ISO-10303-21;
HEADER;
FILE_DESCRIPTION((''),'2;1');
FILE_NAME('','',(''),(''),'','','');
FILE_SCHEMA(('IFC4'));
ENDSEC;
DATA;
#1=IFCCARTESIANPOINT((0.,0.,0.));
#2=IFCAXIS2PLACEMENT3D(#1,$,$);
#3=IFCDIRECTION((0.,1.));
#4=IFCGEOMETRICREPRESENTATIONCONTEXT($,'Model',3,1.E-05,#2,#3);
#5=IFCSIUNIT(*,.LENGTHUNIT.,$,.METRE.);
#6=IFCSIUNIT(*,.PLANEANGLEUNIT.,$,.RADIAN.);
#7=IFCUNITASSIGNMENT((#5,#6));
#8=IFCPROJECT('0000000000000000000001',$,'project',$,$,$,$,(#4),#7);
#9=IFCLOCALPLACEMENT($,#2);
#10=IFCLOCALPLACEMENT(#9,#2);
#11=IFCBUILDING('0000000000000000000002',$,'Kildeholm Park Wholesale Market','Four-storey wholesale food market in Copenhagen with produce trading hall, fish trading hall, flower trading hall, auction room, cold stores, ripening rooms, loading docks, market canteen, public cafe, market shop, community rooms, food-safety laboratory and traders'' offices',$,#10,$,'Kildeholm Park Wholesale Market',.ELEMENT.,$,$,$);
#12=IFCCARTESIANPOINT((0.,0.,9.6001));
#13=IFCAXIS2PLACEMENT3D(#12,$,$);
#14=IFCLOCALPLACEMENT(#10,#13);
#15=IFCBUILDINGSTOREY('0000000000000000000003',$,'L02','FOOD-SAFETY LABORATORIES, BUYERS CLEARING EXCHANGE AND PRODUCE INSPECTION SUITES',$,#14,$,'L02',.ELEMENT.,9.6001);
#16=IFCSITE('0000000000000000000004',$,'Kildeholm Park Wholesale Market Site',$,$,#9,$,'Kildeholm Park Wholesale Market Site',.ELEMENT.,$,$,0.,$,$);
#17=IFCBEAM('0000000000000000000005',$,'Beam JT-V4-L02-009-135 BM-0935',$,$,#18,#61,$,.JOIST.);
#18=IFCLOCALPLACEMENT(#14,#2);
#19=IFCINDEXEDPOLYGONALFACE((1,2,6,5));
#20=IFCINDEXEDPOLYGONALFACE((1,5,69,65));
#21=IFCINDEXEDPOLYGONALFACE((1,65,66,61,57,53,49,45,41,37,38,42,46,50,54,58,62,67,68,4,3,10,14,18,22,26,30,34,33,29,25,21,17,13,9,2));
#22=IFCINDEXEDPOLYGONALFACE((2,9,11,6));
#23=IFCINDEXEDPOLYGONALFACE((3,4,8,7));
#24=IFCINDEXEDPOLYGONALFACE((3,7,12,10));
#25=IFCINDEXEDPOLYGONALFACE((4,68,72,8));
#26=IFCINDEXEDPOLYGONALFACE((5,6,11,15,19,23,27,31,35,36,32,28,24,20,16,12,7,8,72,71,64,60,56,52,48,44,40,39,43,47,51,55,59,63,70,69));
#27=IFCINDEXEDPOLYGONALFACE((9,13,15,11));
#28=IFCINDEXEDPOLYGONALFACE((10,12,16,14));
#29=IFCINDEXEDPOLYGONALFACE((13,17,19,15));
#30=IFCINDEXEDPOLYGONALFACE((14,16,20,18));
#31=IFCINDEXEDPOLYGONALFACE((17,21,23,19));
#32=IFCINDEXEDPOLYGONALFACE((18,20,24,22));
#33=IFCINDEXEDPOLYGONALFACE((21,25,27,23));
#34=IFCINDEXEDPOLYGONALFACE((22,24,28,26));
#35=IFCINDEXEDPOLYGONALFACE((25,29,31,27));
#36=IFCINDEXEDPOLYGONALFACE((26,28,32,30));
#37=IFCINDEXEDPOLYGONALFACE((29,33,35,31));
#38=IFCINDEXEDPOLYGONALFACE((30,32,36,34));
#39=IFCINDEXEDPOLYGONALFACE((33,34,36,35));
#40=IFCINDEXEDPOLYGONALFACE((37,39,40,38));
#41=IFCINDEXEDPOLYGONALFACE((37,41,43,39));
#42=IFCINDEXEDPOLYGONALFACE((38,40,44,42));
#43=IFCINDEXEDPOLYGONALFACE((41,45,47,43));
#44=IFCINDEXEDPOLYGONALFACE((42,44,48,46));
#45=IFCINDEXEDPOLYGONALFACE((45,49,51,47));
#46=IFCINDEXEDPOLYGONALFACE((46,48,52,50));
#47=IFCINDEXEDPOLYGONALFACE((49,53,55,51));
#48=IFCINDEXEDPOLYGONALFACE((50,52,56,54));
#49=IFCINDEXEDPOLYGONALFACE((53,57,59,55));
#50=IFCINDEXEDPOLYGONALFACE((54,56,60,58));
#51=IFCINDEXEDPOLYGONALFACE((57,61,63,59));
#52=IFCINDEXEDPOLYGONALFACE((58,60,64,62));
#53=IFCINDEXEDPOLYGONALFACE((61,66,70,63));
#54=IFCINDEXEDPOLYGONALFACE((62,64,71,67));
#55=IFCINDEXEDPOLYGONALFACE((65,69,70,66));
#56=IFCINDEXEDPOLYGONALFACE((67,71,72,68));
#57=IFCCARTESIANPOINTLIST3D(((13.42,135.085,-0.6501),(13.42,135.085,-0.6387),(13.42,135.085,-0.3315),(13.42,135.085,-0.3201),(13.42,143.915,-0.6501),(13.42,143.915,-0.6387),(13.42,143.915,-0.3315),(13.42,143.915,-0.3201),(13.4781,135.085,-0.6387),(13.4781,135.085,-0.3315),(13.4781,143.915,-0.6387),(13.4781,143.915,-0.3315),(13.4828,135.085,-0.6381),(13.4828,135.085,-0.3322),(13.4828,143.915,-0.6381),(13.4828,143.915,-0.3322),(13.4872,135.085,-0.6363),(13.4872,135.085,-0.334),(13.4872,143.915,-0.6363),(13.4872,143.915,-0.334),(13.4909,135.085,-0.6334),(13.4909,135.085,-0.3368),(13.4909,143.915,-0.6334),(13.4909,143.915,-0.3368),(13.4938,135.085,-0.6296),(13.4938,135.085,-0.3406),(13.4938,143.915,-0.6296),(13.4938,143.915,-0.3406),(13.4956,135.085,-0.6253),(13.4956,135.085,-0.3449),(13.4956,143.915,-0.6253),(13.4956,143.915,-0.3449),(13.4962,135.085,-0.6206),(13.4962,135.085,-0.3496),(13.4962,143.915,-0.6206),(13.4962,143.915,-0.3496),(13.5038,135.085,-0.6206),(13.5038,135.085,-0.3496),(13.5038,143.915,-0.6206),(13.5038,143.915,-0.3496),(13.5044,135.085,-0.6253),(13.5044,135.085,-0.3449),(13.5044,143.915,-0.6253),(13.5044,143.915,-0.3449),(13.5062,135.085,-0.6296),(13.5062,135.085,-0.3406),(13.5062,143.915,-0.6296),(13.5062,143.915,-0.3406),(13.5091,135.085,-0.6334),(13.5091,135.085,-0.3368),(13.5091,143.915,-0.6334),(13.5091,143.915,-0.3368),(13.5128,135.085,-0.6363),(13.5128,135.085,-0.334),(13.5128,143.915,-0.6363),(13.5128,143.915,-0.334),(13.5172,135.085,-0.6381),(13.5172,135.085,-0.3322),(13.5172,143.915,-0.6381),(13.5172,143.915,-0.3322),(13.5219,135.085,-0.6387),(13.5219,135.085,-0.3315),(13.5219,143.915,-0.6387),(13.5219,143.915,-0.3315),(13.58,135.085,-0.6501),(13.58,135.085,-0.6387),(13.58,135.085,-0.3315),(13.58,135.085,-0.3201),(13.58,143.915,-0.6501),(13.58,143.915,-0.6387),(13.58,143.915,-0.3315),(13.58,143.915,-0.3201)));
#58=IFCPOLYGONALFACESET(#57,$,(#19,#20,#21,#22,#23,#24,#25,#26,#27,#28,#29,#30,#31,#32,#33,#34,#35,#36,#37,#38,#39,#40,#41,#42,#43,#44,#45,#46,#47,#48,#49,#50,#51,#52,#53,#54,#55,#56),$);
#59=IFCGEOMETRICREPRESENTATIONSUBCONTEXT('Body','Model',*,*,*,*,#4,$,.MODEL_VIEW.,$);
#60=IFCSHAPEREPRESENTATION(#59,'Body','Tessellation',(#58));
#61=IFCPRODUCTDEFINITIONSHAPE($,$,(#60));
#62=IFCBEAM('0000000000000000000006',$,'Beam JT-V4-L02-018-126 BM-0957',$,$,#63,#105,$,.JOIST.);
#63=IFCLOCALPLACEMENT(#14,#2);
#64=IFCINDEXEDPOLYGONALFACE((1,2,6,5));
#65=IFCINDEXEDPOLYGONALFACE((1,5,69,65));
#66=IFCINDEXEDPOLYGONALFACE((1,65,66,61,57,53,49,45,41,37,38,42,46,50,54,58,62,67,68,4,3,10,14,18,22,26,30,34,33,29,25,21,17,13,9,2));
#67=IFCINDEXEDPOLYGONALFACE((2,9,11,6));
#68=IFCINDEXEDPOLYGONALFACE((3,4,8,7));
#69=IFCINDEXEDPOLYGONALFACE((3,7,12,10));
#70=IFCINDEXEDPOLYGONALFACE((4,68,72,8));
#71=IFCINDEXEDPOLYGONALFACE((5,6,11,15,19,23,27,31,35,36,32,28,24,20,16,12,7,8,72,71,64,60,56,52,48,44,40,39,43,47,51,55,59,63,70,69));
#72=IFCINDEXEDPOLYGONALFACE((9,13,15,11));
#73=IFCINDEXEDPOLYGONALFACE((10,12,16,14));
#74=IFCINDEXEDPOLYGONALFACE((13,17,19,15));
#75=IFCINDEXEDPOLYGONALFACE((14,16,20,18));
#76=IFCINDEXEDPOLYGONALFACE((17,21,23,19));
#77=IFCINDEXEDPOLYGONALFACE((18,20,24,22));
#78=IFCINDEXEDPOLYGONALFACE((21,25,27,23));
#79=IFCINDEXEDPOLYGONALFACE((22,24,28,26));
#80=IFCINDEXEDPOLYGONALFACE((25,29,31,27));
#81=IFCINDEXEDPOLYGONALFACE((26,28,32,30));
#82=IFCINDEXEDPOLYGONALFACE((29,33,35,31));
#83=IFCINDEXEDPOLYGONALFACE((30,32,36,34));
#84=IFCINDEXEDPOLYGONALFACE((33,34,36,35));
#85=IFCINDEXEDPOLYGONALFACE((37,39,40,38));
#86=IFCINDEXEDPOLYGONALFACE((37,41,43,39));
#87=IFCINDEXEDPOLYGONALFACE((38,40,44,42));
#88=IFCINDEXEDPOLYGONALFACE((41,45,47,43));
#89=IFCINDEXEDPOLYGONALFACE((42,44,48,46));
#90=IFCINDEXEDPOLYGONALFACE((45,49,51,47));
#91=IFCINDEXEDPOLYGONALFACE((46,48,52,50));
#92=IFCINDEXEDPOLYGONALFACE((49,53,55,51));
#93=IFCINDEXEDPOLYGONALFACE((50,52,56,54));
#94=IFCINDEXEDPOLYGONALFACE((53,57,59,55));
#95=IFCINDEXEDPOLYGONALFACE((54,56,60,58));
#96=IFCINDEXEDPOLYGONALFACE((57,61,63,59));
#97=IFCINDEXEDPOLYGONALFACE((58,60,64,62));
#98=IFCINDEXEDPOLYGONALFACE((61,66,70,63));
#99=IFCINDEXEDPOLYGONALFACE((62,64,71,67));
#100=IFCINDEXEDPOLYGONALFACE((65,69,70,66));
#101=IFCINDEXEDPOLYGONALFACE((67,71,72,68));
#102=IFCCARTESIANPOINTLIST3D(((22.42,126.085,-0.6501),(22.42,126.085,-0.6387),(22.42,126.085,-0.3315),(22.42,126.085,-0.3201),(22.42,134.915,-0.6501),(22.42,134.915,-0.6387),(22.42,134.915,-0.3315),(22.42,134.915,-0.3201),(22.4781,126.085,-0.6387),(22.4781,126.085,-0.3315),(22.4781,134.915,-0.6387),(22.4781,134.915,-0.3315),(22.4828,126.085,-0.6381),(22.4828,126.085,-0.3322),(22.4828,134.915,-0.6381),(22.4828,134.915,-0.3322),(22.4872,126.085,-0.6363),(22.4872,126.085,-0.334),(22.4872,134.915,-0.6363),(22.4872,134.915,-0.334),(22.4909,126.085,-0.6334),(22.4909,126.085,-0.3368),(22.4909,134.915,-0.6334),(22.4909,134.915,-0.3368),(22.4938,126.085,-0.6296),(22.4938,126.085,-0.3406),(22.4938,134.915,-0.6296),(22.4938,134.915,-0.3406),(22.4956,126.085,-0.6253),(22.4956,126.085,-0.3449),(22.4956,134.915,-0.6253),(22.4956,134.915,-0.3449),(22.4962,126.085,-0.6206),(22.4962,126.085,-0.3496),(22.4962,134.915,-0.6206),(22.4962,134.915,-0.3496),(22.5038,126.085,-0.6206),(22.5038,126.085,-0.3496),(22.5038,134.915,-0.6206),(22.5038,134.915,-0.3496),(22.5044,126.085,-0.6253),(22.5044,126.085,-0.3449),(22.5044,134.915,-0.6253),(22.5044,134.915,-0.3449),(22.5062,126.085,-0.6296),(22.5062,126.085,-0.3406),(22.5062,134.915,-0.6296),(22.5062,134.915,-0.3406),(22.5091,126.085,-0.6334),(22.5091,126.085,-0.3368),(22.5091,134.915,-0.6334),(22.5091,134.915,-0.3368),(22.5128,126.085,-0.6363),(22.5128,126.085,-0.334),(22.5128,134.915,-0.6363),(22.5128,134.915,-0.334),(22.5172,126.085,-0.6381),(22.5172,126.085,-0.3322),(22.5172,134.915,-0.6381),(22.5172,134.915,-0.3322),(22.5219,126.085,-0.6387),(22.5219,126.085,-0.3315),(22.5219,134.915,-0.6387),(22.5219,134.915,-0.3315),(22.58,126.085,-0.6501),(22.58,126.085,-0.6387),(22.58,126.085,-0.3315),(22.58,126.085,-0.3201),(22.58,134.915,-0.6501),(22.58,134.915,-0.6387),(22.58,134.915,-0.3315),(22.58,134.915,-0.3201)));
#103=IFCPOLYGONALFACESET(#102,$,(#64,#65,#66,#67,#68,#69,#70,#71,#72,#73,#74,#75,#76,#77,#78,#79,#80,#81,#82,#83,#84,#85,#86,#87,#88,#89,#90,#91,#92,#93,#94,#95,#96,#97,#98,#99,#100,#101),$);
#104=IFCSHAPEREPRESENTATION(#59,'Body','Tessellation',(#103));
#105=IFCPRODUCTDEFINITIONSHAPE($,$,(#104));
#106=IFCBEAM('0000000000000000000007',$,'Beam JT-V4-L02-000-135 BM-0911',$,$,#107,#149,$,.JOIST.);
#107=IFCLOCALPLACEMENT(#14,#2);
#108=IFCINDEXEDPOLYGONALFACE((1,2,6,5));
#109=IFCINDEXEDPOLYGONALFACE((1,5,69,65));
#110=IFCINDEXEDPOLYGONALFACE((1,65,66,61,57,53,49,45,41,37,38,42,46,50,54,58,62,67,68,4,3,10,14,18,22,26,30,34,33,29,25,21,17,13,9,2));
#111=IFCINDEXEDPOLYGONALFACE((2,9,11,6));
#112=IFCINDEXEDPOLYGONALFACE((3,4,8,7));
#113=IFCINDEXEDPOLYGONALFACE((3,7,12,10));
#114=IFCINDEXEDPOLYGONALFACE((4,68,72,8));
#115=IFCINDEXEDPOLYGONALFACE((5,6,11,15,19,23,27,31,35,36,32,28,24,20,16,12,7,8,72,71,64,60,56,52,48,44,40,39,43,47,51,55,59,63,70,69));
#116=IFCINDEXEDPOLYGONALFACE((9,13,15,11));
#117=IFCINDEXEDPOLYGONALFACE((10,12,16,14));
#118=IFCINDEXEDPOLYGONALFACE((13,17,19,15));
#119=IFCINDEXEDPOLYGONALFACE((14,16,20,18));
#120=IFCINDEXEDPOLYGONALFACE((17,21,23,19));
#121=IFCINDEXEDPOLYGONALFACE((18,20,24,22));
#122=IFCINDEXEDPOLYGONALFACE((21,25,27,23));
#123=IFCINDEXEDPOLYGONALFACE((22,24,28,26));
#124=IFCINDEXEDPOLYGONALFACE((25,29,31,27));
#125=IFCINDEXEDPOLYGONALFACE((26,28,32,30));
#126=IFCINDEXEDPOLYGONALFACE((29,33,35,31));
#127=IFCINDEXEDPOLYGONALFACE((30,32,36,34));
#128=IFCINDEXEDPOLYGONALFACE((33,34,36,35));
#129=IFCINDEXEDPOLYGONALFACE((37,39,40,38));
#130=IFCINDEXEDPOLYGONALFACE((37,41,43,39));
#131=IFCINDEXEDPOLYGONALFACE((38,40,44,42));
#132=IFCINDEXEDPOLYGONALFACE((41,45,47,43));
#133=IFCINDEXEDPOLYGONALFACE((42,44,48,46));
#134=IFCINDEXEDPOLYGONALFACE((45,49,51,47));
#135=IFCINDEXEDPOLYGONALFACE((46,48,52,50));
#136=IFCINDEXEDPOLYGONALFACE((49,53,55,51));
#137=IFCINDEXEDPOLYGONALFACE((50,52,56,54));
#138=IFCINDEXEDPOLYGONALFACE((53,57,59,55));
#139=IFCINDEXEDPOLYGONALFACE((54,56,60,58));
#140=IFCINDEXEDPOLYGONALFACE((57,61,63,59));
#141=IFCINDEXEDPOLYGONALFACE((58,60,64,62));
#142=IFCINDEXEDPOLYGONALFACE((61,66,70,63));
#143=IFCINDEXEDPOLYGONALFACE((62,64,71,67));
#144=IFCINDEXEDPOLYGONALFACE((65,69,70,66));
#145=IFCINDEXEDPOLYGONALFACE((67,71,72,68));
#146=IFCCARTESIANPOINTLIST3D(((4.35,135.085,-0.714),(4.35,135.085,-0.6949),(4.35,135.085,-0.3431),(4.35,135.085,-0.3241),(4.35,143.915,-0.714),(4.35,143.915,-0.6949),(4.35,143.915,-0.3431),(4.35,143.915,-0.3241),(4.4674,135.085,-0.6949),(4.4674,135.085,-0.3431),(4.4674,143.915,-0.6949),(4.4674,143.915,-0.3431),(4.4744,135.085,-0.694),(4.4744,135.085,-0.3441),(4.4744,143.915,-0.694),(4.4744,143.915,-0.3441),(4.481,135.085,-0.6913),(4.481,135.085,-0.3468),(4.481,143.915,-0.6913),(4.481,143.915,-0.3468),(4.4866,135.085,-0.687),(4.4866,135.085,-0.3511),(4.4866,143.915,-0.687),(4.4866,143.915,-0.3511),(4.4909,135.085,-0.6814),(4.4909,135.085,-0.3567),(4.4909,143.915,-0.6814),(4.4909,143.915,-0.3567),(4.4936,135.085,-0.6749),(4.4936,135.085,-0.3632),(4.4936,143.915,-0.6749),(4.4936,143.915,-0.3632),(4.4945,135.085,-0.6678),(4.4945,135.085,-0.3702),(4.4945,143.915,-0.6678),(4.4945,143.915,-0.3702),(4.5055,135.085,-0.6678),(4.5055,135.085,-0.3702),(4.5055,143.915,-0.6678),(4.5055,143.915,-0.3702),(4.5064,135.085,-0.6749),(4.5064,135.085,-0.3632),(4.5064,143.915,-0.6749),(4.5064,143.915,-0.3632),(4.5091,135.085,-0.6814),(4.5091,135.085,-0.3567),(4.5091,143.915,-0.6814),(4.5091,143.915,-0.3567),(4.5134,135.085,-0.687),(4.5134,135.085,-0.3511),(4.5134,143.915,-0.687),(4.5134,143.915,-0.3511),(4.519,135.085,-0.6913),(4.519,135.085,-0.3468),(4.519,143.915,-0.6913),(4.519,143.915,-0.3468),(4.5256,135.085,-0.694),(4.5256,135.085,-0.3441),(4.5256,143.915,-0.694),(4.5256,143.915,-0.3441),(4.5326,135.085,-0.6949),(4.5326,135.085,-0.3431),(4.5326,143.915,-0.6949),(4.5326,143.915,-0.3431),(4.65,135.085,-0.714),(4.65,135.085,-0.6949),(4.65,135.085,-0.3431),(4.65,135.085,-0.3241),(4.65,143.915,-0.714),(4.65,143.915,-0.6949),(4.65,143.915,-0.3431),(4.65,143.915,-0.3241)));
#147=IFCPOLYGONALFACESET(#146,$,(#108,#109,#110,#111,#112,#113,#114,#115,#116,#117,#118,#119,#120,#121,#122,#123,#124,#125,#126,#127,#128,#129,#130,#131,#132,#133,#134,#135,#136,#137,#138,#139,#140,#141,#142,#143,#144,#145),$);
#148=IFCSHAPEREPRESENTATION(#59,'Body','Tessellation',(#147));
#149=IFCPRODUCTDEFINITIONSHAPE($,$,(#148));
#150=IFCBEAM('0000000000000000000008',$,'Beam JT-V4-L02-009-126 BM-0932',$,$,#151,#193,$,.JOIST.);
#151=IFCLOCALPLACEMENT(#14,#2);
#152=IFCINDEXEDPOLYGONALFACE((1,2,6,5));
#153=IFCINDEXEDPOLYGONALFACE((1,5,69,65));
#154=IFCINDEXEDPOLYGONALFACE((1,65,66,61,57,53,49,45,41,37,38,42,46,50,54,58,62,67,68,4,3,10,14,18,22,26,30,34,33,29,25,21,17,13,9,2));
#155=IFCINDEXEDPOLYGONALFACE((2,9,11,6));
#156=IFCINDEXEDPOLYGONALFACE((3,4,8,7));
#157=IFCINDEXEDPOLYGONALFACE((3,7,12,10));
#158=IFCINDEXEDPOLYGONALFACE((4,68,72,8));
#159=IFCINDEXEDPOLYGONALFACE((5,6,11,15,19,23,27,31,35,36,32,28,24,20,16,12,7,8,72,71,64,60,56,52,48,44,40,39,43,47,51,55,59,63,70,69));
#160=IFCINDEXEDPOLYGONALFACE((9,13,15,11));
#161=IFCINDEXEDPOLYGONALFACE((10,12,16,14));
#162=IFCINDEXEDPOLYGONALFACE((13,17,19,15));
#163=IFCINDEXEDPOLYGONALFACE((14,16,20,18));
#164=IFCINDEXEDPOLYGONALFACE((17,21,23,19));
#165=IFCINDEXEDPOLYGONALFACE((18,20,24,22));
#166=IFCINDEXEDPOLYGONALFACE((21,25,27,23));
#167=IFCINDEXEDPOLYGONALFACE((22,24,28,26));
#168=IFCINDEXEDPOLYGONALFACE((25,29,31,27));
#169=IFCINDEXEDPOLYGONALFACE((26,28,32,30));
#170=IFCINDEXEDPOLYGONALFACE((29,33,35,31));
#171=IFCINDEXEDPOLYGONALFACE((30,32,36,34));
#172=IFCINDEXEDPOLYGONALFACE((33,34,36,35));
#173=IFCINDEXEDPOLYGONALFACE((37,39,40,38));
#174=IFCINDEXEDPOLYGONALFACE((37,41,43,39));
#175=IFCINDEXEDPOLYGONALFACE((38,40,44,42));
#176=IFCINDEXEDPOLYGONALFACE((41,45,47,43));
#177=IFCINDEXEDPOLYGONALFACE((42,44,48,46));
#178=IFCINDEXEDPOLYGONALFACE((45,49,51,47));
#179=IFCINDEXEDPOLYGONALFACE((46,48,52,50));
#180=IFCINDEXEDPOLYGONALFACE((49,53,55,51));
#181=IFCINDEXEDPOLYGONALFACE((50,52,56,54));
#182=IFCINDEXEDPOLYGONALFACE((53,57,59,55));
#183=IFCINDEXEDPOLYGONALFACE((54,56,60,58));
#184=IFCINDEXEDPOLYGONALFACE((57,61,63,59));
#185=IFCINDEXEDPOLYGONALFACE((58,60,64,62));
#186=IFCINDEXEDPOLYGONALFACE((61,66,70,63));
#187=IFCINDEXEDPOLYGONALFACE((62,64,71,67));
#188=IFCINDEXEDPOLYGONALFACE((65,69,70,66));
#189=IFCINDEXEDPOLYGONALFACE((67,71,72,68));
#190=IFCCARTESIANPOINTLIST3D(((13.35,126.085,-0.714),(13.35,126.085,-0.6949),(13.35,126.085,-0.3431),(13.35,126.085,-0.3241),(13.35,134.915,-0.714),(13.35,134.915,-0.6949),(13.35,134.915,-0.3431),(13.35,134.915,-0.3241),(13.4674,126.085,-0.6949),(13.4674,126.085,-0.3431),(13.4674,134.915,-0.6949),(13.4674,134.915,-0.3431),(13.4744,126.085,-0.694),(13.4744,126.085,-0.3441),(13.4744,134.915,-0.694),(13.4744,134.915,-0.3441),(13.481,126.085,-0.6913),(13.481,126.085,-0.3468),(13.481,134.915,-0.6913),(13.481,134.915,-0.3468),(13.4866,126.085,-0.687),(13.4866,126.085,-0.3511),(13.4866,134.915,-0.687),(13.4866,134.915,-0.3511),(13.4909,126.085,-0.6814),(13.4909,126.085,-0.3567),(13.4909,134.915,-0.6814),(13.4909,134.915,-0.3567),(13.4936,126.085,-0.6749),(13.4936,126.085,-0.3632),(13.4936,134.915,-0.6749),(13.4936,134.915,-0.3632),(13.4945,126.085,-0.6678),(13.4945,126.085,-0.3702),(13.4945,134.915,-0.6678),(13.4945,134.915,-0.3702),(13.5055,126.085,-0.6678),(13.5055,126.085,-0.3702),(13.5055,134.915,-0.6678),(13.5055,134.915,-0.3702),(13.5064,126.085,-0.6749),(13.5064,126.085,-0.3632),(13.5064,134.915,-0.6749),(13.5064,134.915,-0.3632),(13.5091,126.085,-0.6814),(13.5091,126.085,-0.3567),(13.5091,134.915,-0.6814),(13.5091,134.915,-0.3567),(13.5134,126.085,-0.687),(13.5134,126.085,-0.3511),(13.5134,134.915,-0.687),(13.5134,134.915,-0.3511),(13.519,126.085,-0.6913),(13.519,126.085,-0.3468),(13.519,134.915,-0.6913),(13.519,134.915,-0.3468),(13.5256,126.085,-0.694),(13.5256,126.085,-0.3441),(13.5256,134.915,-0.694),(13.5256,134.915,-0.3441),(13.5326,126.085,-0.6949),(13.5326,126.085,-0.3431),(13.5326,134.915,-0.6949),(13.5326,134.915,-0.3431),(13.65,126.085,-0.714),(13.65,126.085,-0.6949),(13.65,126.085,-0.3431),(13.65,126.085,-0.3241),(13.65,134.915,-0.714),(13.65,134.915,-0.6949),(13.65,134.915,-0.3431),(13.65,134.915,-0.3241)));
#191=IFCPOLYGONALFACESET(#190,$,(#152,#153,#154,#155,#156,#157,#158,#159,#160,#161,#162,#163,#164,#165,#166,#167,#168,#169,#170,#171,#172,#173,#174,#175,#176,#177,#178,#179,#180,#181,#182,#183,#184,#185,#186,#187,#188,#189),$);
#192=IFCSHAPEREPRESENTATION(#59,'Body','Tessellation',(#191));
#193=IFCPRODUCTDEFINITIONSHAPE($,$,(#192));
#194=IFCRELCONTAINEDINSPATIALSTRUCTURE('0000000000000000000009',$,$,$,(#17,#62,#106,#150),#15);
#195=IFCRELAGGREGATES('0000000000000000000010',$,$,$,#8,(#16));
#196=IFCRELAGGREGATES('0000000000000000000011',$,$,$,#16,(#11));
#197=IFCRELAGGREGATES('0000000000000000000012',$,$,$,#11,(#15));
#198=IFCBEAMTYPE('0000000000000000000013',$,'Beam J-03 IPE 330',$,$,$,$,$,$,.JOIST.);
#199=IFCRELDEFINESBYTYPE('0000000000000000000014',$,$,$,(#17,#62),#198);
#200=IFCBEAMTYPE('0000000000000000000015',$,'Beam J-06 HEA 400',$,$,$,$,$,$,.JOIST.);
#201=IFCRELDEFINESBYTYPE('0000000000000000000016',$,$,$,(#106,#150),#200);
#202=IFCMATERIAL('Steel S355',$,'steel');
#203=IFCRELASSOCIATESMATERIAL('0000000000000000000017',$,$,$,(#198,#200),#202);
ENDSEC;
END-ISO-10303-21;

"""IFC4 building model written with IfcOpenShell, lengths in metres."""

from ifc_helpers import new_model, si_unit, direction, frame, origin, origin_2d, place, context, subcontext, project, spatial, i_section, extrude, material, material_profile, profile_set, type_object, element, save


model = new_model("IFC4")

# Units and contexts
model_context = context("Model", 3, precision=1e-05, world=origin(), true_north=direction((0.0, 1.0)))
body_context = subcontext(model_context, "Body", "Model", "MODEL_VIEW")
ifc_project = project(units=[si_unit("LENGTHUNIT", "METRE"), si_unit("PLANEANGLEUNIT", "RADIAN")], contexts=[model_context])

# Site, building, storey
site_placement = place(None, origin())
site = spatial("IfcSite", under=ifc_project, at=site_placement, Name="Kildeholm Park Wholesale Market Site", LongName="Kildeholm Park Wholesale Market Site", CompositionType="ELEMENT", RefElevation=0.0)
building_placement = place(site_placement, origin())
building = spatial("IfcBuilding", under=site, at=building_placement, Name="Kildeholm Park Wholesale Market", Description="Four-storey wholesale food market in Copenhagen with produce trading hall, fish trading hall, flower trading hall, auction room, cold stores, ripening rooms, loading docks, market canteen, public cafe, market shop, community rooms, food-safety laboratory and traders' offices", LongName="Kildeholm Park Wholesale Market", CompositionType="ELEMENT")
storey_placement = place(building_placement, frame((0.0, 0.0, 9.6001)))
storey = spatial("IfcBuildingStorey", under=building, at=storey_placement, Name="L02", Description="FOOD-SAFETY LABORATORIES, BUYERS CLEARING EXCHANGE AND PRODUCE INSPECTION SUITES", LongName="L02", CompositionType="ELEMENT", Elevation=9.6001)

# Beams
ifc_material_1 = material(Name="Steel S355", Category="steel")
ifc_material_profile_1 = material_profile(ifc_material_1, i_section(OverallWidth=0.1599, OverallDepth=0.3301, WebThickness=0.0076, FlangeThickness=0.0115, FilletRadius=0.0181, at=origin_2d()), Name="IPE 330")
ifc_profile_set_1 = profile_set([ifc_material_profile_1], Name="Steel S355")
beam_type_1 = type_object("IfcBeamType", Name="Beam J-03 IPE 330", PredefinedType="JOIST", material=ifc_profile_set_1)
for number, where, z_axis, x_axis, name in (
    (1, (13.5, 135.085, -0.4851), (0.0, 1.0, 0.0), (-1.0, 0.0, 0.0), "Beam JT-V4-L02-009-135 BM-0935"),
    (2, (22.5, 126.085, -0.4851), (0.0, 1.0, 0.0), (-1.0, 0.0, 0.0), "Beam JT-V4-L02-018-126 BM-0957"),
):
    element("IfcBeam", number, at=place(storey_placement, frame(where, z_axis=z_axis, x_axis=x_axis)), inside=storey, type_object=beam_type_1, Name=name, PredefinedType="JOIST", context=body_context, shape_type="SweptSolid", body=[
        extrude(i_section(OverallWidth=0.1599, OverallDepth=0.3301, WebThickness=0.0076, FlangeThickness=0.0115, FilletRadius=0.0181, at=origin_2d()), origin(), (0.0, 0.0, 1.0), 8.8301),
    ])
ifc_material_profile_2 = material_profile(ifc_material_1, i_section(OverallWidth=0.3, OverallDepth=0.3899, WebThickness=0.011, FlangeThickness=0.019, FilletRadius=0.0271, at=origin_2d()), Name="HEA 400")
ifc_profile_set_2 = profile_set([ifc_material_profile_2], Name="Steel S355")
beam_type_2 = type_object("IfcBeamType", Name="Beam J-06 HEA 400", PredefinedType="JOIST", material=ifc_profile_set_2)
for number, where, z_axis, x_axis, name in (
    (3, (4.5, 135.085, -0.519), (0.0, 1.0, 0.0), (-1.0, 0.0, 0.0), "Beam JT-V4-L02-000-135 BM-0911"),
    (4, (13.5, 126.085, -0.519), (0.0, 1.0, 0.0), (-1.0, 0.0, 0.0), "Beam JT-V4-L02-009-126 BM-0932"),
):
    element("IfcBeam", number, at=place(storey_placement, frame(where, z_axis=z_axis, x_axis=x_axis)), inside=storey, type_object=beam_type_2, Name=name, PredefinedType="JOIST", context=body_context, shape_type="SweptSolid", body=[
        extrude(i_section(OverallWidth=0.3, OverallDepth=0.3899, WebThickness=0.011, FlangeThickness=0.019, FilletRadius=0.0271, at=origin_2d()), origin(), (0.0, 0.0, 1.0), 8.8301),
    ])

save(model, "model.ifc")
